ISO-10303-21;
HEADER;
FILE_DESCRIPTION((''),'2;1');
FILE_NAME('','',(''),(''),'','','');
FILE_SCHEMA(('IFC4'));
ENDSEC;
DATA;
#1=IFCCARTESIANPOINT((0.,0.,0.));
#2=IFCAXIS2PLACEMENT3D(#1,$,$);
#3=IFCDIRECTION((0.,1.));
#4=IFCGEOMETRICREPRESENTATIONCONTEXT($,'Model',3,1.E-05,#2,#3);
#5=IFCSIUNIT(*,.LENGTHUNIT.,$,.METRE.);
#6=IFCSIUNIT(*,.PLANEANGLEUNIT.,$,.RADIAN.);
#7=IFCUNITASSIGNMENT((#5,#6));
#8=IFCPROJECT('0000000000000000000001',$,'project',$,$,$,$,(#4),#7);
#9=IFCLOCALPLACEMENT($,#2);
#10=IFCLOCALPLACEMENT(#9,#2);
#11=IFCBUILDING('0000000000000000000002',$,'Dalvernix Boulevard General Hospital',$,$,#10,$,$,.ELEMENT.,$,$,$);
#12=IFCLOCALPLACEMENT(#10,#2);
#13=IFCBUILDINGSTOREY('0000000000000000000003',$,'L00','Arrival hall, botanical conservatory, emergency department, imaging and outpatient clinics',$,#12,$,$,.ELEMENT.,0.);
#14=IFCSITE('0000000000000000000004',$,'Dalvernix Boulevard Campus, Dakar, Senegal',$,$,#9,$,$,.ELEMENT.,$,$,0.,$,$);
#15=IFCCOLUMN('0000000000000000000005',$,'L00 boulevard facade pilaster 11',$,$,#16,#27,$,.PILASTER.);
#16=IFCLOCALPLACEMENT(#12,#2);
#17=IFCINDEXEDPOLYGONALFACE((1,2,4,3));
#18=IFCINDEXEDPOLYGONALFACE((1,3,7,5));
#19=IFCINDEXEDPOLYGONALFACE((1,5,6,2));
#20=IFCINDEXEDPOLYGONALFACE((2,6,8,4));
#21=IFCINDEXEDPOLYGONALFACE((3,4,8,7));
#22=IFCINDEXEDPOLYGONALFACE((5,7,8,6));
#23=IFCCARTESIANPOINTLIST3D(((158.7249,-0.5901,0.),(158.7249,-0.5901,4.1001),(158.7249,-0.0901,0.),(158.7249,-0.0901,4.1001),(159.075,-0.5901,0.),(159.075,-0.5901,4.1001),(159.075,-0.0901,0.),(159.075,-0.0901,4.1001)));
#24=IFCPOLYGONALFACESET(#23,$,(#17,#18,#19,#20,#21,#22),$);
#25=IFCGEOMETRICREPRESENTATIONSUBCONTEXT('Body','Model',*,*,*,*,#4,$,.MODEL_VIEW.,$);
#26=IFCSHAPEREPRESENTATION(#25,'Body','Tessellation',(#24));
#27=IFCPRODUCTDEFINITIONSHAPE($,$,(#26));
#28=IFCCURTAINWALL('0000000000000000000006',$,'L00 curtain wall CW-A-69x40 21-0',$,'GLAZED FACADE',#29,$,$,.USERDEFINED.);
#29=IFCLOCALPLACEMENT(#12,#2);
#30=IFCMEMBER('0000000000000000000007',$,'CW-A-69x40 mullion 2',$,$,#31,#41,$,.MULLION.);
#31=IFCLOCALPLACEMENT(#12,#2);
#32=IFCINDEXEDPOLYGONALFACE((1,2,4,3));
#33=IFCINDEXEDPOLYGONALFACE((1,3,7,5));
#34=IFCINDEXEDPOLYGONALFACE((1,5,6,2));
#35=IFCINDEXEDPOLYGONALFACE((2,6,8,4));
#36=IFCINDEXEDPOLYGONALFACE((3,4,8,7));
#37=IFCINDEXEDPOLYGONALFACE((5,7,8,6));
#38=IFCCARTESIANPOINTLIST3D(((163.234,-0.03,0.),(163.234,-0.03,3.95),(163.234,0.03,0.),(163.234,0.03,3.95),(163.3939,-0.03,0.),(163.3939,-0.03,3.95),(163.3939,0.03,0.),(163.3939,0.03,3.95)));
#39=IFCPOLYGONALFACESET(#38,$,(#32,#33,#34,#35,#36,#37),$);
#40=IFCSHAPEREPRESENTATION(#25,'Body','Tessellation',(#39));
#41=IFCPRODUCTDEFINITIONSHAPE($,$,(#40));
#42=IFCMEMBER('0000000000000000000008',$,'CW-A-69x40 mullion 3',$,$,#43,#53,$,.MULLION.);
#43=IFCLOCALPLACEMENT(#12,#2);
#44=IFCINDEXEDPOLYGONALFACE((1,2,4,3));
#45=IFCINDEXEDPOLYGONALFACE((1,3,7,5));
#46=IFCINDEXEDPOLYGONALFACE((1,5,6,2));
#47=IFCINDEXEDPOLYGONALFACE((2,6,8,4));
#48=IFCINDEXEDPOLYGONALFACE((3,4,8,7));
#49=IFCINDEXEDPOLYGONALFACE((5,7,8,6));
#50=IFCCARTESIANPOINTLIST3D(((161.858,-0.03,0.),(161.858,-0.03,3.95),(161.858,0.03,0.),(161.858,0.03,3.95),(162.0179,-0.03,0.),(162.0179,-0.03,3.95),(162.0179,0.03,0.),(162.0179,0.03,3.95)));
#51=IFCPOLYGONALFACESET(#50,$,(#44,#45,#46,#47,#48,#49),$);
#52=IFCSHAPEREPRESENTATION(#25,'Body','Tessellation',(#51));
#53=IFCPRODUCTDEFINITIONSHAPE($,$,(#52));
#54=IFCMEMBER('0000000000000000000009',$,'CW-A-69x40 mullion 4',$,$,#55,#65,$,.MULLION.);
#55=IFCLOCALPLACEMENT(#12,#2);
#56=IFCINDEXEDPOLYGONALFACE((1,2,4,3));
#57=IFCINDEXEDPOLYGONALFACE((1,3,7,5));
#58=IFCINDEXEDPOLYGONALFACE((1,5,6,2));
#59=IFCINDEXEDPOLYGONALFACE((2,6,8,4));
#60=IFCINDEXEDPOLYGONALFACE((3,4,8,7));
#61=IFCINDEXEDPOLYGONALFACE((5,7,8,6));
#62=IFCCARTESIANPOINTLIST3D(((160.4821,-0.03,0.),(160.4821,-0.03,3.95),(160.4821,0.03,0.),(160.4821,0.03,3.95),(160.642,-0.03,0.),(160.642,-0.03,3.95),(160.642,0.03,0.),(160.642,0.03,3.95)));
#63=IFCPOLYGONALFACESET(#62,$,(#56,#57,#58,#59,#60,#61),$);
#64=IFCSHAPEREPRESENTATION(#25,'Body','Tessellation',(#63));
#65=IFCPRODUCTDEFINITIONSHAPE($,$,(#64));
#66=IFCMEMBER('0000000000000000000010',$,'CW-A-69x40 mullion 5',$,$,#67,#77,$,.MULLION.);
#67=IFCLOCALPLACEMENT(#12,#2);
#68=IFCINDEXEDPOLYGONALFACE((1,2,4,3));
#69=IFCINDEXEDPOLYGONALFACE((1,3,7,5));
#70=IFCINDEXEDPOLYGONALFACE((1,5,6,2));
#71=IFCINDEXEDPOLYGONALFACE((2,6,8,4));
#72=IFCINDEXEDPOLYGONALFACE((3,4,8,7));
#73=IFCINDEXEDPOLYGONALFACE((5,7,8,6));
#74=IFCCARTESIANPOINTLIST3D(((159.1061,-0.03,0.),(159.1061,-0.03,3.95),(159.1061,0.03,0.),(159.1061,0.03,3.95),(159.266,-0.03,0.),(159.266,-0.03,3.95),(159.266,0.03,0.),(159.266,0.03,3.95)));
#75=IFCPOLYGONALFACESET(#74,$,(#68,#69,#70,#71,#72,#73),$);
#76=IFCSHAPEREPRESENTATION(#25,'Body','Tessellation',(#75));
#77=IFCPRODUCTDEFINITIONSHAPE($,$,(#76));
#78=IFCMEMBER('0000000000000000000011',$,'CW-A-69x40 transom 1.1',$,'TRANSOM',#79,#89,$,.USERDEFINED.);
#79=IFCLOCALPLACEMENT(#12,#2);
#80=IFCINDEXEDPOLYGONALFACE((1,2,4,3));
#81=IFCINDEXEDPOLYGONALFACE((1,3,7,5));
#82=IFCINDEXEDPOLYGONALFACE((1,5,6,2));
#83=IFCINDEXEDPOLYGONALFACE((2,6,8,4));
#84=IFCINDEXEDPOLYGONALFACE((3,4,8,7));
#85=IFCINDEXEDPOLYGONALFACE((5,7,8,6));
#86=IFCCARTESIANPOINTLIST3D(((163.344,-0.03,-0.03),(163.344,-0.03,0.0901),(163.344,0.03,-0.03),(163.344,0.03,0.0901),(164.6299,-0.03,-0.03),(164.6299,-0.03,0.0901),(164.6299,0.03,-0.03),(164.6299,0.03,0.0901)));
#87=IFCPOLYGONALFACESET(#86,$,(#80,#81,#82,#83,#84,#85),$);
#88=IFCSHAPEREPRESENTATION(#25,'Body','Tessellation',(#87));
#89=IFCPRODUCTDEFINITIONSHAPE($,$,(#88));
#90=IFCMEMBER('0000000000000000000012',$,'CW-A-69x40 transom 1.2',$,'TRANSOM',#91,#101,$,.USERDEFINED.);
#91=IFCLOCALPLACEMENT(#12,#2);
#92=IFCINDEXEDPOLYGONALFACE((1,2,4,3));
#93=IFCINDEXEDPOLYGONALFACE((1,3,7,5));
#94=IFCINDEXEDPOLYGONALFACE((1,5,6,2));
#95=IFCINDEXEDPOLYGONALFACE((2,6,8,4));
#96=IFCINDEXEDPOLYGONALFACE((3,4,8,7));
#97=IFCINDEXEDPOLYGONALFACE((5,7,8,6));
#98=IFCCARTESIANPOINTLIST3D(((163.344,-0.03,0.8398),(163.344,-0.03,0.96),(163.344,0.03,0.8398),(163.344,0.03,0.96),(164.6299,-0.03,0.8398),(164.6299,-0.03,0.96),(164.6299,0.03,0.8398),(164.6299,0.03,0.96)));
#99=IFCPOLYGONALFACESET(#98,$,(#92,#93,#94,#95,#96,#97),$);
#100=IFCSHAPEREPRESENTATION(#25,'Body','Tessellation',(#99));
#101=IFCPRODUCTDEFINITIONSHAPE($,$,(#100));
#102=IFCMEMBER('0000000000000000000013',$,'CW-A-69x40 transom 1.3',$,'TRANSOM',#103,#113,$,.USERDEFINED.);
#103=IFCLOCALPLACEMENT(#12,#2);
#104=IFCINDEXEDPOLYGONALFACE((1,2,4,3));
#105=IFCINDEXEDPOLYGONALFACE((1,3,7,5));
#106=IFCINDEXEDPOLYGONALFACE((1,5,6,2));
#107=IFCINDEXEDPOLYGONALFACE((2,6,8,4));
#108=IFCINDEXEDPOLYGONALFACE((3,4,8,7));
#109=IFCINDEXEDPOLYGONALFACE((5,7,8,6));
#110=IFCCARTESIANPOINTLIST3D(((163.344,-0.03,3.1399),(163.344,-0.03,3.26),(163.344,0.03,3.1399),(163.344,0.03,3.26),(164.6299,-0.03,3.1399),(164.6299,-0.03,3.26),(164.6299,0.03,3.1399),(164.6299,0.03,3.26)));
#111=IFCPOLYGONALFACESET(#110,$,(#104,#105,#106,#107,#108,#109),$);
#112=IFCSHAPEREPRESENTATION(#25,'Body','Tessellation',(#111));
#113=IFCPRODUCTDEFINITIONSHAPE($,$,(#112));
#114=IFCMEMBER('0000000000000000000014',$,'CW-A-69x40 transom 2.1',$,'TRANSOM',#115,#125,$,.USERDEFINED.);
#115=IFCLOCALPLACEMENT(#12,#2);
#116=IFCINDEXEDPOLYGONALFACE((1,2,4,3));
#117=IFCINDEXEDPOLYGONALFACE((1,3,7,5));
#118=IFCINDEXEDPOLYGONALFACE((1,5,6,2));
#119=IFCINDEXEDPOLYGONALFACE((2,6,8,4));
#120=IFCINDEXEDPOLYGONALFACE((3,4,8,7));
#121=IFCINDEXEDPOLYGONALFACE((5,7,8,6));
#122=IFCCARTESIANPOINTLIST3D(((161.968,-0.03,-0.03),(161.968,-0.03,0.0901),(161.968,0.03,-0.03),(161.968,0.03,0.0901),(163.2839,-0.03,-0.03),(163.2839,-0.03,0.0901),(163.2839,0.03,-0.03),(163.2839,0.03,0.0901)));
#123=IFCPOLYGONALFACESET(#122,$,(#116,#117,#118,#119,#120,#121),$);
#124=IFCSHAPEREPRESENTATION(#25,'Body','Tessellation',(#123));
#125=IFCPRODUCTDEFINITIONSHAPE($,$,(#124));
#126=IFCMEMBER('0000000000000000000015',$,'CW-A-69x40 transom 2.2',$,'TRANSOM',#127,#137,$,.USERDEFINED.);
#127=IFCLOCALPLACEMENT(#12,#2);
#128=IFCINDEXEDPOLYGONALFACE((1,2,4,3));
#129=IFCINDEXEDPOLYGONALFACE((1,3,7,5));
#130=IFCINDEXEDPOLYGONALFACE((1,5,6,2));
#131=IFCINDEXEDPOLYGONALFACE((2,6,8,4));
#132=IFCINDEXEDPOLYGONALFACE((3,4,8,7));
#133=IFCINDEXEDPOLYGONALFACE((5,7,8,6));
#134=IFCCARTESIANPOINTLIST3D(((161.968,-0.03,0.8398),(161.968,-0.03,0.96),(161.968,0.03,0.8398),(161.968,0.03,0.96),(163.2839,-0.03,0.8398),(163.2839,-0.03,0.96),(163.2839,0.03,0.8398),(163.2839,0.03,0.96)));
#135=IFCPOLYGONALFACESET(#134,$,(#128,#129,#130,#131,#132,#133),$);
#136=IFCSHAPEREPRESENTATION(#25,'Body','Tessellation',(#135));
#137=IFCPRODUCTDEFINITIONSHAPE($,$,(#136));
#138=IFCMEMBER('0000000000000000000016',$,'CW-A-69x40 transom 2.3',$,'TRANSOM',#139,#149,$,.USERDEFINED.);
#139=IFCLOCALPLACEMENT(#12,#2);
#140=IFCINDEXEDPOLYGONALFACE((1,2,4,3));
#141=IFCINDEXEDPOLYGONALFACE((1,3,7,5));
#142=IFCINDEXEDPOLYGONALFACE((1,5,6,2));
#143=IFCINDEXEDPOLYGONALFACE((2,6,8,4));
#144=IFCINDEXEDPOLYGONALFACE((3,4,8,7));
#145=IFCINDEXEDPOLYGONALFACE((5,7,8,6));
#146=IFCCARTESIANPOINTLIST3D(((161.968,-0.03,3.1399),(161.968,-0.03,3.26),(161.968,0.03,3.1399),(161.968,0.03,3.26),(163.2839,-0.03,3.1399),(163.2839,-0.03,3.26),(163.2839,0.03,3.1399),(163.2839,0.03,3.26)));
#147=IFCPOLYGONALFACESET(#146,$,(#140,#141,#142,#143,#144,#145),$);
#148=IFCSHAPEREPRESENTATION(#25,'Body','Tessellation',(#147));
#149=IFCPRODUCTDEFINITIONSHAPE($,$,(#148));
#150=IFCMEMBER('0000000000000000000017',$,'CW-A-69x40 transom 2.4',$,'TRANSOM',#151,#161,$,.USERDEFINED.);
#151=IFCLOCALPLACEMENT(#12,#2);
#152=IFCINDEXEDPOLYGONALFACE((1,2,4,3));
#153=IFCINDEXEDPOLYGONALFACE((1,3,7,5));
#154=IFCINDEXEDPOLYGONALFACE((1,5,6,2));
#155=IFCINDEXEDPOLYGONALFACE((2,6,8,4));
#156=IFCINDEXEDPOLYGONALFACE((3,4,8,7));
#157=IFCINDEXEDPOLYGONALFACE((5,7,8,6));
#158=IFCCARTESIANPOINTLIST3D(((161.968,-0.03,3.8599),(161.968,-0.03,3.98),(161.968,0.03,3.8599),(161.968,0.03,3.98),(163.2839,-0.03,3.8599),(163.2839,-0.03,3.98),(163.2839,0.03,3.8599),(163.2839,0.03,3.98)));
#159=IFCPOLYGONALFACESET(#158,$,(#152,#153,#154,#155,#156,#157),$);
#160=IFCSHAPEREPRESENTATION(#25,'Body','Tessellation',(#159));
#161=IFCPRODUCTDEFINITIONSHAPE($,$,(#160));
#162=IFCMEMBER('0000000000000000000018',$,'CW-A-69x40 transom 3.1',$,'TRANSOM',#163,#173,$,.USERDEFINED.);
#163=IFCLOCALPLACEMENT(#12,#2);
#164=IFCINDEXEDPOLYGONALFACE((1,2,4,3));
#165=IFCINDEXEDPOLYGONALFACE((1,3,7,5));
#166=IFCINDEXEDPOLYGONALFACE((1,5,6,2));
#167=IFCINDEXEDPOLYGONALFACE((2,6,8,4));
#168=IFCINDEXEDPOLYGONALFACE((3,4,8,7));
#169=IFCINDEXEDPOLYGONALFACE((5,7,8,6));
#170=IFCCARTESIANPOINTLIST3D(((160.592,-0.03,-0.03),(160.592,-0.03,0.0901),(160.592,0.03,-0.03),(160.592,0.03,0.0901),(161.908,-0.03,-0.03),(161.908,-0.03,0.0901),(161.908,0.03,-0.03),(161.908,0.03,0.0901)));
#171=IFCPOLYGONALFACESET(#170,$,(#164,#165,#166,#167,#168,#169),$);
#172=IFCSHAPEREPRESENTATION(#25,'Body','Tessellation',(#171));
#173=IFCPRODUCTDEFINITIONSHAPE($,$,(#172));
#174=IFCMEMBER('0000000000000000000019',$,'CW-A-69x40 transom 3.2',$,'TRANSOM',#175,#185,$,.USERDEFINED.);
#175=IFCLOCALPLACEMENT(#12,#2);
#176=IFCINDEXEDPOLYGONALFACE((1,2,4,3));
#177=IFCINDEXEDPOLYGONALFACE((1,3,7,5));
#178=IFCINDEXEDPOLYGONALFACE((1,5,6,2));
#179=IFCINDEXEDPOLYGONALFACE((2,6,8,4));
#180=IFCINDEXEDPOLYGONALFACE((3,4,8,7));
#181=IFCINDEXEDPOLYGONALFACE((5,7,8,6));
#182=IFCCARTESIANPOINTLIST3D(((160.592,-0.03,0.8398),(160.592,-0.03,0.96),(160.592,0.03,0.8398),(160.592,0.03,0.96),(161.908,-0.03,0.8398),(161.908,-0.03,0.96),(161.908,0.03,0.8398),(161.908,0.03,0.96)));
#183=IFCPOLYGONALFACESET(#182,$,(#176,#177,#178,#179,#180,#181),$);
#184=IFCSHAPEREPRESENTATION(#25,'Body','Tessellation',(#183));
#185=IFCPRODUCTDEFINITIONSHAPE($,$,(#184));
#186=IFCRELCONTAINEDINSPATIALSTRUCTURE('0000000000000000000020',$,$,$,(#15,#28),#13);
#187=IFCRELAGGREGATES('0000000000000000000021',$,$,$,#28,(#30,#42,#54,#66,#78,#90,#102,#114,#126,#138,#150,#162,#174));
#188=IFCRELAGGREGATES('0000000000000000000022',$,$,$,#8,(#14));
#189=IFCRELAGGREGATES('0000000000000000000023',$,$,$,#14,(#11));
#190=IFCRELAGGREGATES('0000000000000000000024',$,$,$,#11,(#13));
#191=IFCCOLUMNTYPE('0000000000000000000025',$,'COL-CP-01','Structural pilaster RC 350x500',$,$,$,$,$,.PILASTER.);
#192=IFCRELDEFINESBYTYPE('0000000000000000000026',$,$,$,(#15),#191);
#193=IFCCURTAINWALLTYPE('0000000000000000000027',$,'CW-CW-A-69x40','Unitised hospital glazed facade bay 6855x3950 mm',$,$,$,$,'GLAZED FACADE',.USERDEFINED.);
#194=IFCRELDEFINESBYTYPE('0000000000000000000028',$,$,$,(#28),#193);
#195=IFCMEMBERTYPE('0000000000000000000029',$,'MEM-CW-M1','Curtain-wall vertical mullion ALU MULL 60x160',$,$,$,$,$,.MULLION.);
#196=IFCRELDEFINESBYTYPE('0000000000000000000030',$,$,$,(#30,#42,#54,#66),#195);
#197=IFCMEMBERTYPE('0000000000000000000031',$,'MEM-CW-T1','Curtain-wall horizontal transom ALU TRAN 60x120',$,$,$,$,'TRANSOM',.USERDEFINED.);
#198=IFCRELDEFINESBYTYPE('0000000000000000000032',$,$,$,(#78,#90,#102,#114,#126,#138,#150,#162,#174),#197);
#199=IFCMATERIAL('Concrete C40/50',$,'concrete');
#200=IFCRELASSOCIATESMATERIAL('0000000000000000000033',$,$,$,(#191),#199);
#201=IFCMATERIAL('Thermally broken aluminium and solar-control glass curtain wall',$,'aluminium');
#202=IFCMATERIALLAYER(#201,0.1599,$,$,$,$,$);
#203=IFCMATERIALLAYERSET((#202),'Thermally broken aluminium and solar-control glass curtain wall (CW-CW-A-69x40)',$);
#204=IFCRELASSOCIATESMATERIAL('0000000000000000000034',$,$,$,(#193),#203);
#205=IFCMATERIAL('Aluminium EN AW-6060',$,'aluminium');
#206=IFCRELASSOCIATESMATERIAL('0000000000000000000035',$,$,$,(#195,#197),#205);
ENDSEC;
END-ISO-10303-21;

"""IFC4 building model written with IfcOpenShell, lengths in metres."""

from ifc_helpers import new_model, si_unit, direction, frame, origin, origin_2d, place, context, subcontext, project, spatial, rectangle, extrude, material, layer, layer_set, material_profile, profile_set, type_object, element, aggregate, save


model = new_model("IFC4")

# Units and contexts
model_context = context("Model", 3, precision=1e-05, world=origin(), true_north=direction((0.0, 1.0)))
body_context = subcontext(model_context, "Body", "Model", "MODEL_VIEW")
ifc_project = project(units=[si_unit("LENGTHUNIT", "METRE"), si_unit("PLANEANGLEUNIT", "RADIAN")], contexts=[model_context])

# Site, building, storey
site_placement = place(None, origin())
site = spatial("IfcSite", under=ifc_project, at=site_placement, Name="Dalvernix Boulevard Campus, Dakar, Senegal", CompositionType="ELEMENT", RefElevation=0.0)
building_placement = place(site_placement, origin())
building = spatial("IfcBuilding", under=site, at=building_placement, Name="Dalvernix Boulevard General Hospital", CompositionType="ELEMENT")
storey_placement = place(building_placement, origin())
storey = spatial("IfcBuildingStorey", under=building, at=storey_placement, Name="L00", Description="Arrival hall, botanical conservatory, emergency department, imaging and outpatient clinics", CompositionType="ELEMENT", Elevation=0.0)

# Column
ifc_material_1 = material(Name="Concrete C40/50", Category="concrete")
ifc_material_profile_1 = material_profile(ifc_material_1, rectangle(XDim=0.3501, YDim=0.5, at=origin_2d()), Name="RC 350x500")
ifc_profile_set_1 = profile_set([ifc_material_profile_1], Name="Concrete C40/50")
column_type = type_object("IfcColumnType", Name="COL-CP-01", Description="Structural pilaster RC 350x500", PredefinedType="PILASTER", material=ifc_profile_set_1)
column_placement = place(storey_placement, frame((158.8999, -0.3401, 0.0), z_axis=(0.0, 0.0, 1.0), x_axis=(1.0, 0.0, 0.0)))
element("IfcColumn", 1, at=column_placement, inside=storey, type_object=column_type, Name="L00 boulevard facade pilaster 11", PredefinedType="PILASTER", context=body_context, shape_type="SweptSolid", body=[
    extrude(rectangle(XDim=0.3501, YDim=0.5, at=origin_2d()), origin(), (0.0, 0.0, 1.0), 4.1001),
])

# Curtain wall, members
ifc_material_2 = material(Name="Thermally broken aluminium and solar-control glass curtain wall", Category="aluminium")
ifc_layer_1 = layer(ifc_material_2, 0.1599)
ifc_layer_set_1 = layer_set([ifc_layer_1], Name="Thermally broken aluminium and solar-control glass curtain wall (CW-CW-A-69x40)")
curtain_wall_type = type_object("IfcCurtainWallType", Name="CW-CW-A-69x40", Description="Unitised hospital glazed facade bay 6855x3950 mm", ElementType="GLAZED FACADE", PredefinedType="USERDEFINED", material=ifc_layer_set_1)
curtain_wall_placement = place(storey_placement, origin())
curtain_wall = element("IfcCurtainWall", 2, at=curtain_wall_placement, inside=storey, type_object=curtain_wall_type, Name="L00 curtain wall CW-A-69x40 21-0", ObjectType="GLAZED FACADE", PredefinedType="USERDEFINED")
ifc_material_3 = material(Name="Aluminium EN AW-6060", Category="aluminium")
ifc_material_profile_2 = material_profile(ifc_material_3, rectangle(XDim=0.0601, YDim=0.1599, at=origin_2d()), Name="ALU MULL 60x160")
ifc_profile_set_2 = profile_set([ifc_material_profile_2], Name="Aluminium EN AW-6060")
member_type_1 = type_object("IfcMemberType", Name="MEM-CW-M1", Description="Curtain-wall vertical mullion ALU MULL 60x160", PredefinedType="MULLION", material=ifc_profile_set_2)
member_1_placement = place(storey_placement, frame((163.314, 0.0, 0.0), z_axis=(0.0, 0.0, 1.0), x_axis=(0.0, -1.0, 0.0)))
member_1 = element("IfcMember", 3, at=member_1_placement, type_object=member_type_1, Name="CW-A-69x40 mullion 2", PredefinedType="MULLION", context=body_context, shape_type="SweptSolid", body=[
    extrude(rectangle(XDim=0.0601, YDim=0.1599, at=origin_2d()), origin(), (0.0, 0.0, 1.0), 3.95),
])
member_2_placement = place(storey_placement, frame((161.938, 0.0, 0.0), z_axis=(0.0, 0.0, 1.0), x_axis=(0.0, -1.0, 0.0)))
member_2 = element("IfcMember", 4, at=member_2_placement, type_object=member_type_1, Name="CW-A-69x40 mullion 3", PredefinedType="MULLION", context=body_context, shape_type="SweptSolid", body=[
    extrude(rectangle(XDim=0.0601, YDim=0.1599, at=origin_2d()), origin(), (0.0, 0.0, 1.0), 3.95),
])
member_3_placement = place(storey_placement, frame((160.562, 0.0, 0.0), z_axis=(0.0, 0.0, 1.0), x_axis=(0.0, -1.0, 0.0)))
member_3 = element("IfcMember", 5, at=member_3_placement, type_object=member_type_1, Name="CW-A-69x40 mullion 4", PredefinedType="MULLION", context=body_context, shape_type="SweptSolid", body=[
    extrude(rectangle(XDim=0.0601, YDim=0.1599, at=origin_2d()), origin(), (0.0, 0.0, 1.0), 3.95),
])
member_4_placement = place(storey_placement, frame((159.186, 0.0, 0.0), z_axis=(0.0, 0.0, 1.0), x_axis=(0.0, -1.0, 0.0)))
member_4 = element("IfcMember", 6, at=member_4_placement, type_object=member_type_1, Name="CW-A-69x40 mullion 5", PredefinedType="MULLION", context=body_context, shape_type="SweptSolid", body=[
    extrude(rectangle(XDim=0.0601, YDim=0.1599, at=origin_2d()), origin(), (0.0, 0.0, 1.0), 3.95),
])
ifc_material_profile_3 = material_profile(ifc_material_3, rectangle(XDim=0.0601, YDim=0.1201, at=origin_2d()), Name="ALU TRAN 60x120")
ifc_profile_set_3 = profile_set([ifc_material_profile_3], Name="Aluminium EN AW-6060")
member_type_2 = type_object("IfcMemberType", Name="MEM-CW-T1", Description="Curtain-wall horizontal transom ALU TRAN 60x120", ElementType="TRANSOM", PredefinedType="USERDEFINED", material=ifc_profile_set_3)
member_5_placement = place(storey_placement, frame((164.6299, 0.0, 0.03), z_axis=(-1.0, 0.0, 0.0), x_axis=(0.0, -1.0, 0.0)))
member_5 = element("IfcMember", 7, at=member_5_placement, type_object=member_type_2, Name="CW-A-69x40 transom 1.1", ObjectType="TRANSOM", PredefinedType="USERDEFINED", context=body_context, shape_type="SweptSolid", body=[
    extrude(rectangle(XDim=0.0601, YDim=0.1201, at=origin_2d()), origin(), (0.0, 0.0, 1.0), 1.2859),
])
member_6_placement = place(storey_placement, frame((164.6299, 0.0, 0.8999), z_axis=(-1.0, 0.0, 0.0), x_axis=(0.0, -1.0, 0.0)))
member_6 = element("IfcMember", 8, at=member_6_placement, type_object=member_type_2, Name="CW-A-69x40 transom 1.2", ObjectType="TRANSOM", PredefinedType="USERDEFINED", context=body_context, shape_type="SweptSolid", body=[
    extrude(rectangle(XDim=0.0601, YDim=0.1201, at=origin_2d()), origin(), (0.0, 0.0, 1.0), 1.2859),
])
member_7_placement = place(storey_placement, frame((164.6299, 0.0, 3.2), z_axis=(-1.0, 0.0, 0.0), x_axis=(0.0, -1.0, 0.0)))
member_7 = element("IfcMember", 9, at=member_7_placement, type_object=member_type_2, Name="CW-A-69x40 transom 1.3", ObjectType="TRANSOM", PredefinedType="USERDEFINED", context=body_context, shape_type="SweptSolid", body=[
    extrude(rectangle(XDim=0.0601, YDim=0.1201, at=origin_2d()), origin(), (0.0, 0.0, 1.0), 1.2859),
])
member_8_placement = place(storey_placement, frame((163.2839, 0.0, 0.03), z_axis=(-1.0, 0.0, 0.0), x_axis=(0.0, -1.0, 0.0)))
member_8 = element("IfcMember", 10, at=member_8_placement, type_object=member_type_2, Name="CW-A-69x40 transom 2.1", ObjectType="TRANSOM", PredefinedType="USERDEFINED", context=body_context, shape_type="SweptSolid", body=[
    extrude(rectangle(XDim=0.0601, YDim=0.1201, at=origin_2d()), origin(), (0.0, 0.0, 1.0), 1.3159),
])
member_9_placement = place(storey_placement, frame((163.2839, 0.0, 0.8999), z_axis=(-1.0, 0.0, 0.0), x_axis=(0.0, -1.0, 0.0)))
member_9 = element("IfcMember", 11, at=member_9_placement, type_object=member_type_2, Name="CW-A-69x40 transom 2.2", ObjectType="TRANSOM", PredefinedType="USERDEFINED", context=body_context, shape_type="SweptSolid", body=[
    extrude(rectangle(XDim=0.0601, YDim=0.1201, at=origin_2d()), origin(), (0.0, 0.0, 1.0), 1.3159),
])
member_10_placement = place(storey_placement, frame((163.2839, 0.0, 3.2), z_axis=(-1.0, 0.0, 0.0), x_axis=(0.0, -1.0, 0.0)))
member_10 = element("IfcMember", 12, at=member_10_placement, type_object=member_type_2, Name="CW-A-69x40 transom 2.3", ObjectType="TRANSOM", PredefinedType="USERDEFINED", context=body_context, shape_type="SweptSolid", body=[
    extrude(rectangle(XDim=0.0601, YDim=0.1201, at=origin_2d()), origin(), (0.0, 0.0, 1.0), 1.3159),
])
member_11_placement = place(storey_placement, frame((163.2839, 0.0, 3.9199), z_axis=(-1.0, 0.0, 0.0), x_axis=(0.0, -1.0, 0.0)))
member_11 = element("IfcMember", 13, at=member_11_placement, type_object=member_type_2, Name="CW-A-69x40 transom 2.4", ObjectType="TRANSOM", PredefinedType="USERDEFINED", context=body_context, shape_type="SweptSolid", body=[
    extrude(rectangle(XDim=0.0601, YDim=0.1201, at=origin_2d()), origin(), (0.0, 0.0, 1.0), 1.3159),
])
member_12_placement = place(storey_placement, frame((161.908, 0.0, 0.03), z_axis=(-1.0, 0.0, 0.0), x_axis=(0.0, -1.0, 0.0)))
member_12 = element("IfcMember", 14, at=member_12_placement, type_object=member_type_2, Name="CW-A-69x40 transom 3.1", ObjectType="TRANSOM", PredefinedType="USERDEFINED", context=body_context, shape_type="SweptSolid", body=[
    extrude(rectangle(XDim=0.0601, YDim=0.1201, at=origin_2d()), origin(), (0.0, 0.0, 1.0), 1.3159),
])
member_13_placement = place(storey_placement, frame((161.908, 0.0, 0.8999), z_axis=(-1.0, 0.0, 0.0), x_axis=(0.0, -1.0, 0.0)))
member_13 = element("IfcMember", 15, at=member_13_placement, type_object=member_type_2, Name="CW-A-69x40 transom 3.2", ObjectType="TRANSOM", PredefinedType="USERDEFINED", context=body_context, shape_type="SweptSolid", body=[
    extrude(rectangle(XDim=0.0601, YDim=0.1201, at=origin_2d()), origin(), (0.0, 0.0, 1.0), 1.3159),
])
aggregate(curtain_wall, [member_1, member_2, member_3, member_4, member_5, member_6, member_7, member_8, member_9, member_10, member_11, member_12, member_13])

save(model, "model.ifc")
